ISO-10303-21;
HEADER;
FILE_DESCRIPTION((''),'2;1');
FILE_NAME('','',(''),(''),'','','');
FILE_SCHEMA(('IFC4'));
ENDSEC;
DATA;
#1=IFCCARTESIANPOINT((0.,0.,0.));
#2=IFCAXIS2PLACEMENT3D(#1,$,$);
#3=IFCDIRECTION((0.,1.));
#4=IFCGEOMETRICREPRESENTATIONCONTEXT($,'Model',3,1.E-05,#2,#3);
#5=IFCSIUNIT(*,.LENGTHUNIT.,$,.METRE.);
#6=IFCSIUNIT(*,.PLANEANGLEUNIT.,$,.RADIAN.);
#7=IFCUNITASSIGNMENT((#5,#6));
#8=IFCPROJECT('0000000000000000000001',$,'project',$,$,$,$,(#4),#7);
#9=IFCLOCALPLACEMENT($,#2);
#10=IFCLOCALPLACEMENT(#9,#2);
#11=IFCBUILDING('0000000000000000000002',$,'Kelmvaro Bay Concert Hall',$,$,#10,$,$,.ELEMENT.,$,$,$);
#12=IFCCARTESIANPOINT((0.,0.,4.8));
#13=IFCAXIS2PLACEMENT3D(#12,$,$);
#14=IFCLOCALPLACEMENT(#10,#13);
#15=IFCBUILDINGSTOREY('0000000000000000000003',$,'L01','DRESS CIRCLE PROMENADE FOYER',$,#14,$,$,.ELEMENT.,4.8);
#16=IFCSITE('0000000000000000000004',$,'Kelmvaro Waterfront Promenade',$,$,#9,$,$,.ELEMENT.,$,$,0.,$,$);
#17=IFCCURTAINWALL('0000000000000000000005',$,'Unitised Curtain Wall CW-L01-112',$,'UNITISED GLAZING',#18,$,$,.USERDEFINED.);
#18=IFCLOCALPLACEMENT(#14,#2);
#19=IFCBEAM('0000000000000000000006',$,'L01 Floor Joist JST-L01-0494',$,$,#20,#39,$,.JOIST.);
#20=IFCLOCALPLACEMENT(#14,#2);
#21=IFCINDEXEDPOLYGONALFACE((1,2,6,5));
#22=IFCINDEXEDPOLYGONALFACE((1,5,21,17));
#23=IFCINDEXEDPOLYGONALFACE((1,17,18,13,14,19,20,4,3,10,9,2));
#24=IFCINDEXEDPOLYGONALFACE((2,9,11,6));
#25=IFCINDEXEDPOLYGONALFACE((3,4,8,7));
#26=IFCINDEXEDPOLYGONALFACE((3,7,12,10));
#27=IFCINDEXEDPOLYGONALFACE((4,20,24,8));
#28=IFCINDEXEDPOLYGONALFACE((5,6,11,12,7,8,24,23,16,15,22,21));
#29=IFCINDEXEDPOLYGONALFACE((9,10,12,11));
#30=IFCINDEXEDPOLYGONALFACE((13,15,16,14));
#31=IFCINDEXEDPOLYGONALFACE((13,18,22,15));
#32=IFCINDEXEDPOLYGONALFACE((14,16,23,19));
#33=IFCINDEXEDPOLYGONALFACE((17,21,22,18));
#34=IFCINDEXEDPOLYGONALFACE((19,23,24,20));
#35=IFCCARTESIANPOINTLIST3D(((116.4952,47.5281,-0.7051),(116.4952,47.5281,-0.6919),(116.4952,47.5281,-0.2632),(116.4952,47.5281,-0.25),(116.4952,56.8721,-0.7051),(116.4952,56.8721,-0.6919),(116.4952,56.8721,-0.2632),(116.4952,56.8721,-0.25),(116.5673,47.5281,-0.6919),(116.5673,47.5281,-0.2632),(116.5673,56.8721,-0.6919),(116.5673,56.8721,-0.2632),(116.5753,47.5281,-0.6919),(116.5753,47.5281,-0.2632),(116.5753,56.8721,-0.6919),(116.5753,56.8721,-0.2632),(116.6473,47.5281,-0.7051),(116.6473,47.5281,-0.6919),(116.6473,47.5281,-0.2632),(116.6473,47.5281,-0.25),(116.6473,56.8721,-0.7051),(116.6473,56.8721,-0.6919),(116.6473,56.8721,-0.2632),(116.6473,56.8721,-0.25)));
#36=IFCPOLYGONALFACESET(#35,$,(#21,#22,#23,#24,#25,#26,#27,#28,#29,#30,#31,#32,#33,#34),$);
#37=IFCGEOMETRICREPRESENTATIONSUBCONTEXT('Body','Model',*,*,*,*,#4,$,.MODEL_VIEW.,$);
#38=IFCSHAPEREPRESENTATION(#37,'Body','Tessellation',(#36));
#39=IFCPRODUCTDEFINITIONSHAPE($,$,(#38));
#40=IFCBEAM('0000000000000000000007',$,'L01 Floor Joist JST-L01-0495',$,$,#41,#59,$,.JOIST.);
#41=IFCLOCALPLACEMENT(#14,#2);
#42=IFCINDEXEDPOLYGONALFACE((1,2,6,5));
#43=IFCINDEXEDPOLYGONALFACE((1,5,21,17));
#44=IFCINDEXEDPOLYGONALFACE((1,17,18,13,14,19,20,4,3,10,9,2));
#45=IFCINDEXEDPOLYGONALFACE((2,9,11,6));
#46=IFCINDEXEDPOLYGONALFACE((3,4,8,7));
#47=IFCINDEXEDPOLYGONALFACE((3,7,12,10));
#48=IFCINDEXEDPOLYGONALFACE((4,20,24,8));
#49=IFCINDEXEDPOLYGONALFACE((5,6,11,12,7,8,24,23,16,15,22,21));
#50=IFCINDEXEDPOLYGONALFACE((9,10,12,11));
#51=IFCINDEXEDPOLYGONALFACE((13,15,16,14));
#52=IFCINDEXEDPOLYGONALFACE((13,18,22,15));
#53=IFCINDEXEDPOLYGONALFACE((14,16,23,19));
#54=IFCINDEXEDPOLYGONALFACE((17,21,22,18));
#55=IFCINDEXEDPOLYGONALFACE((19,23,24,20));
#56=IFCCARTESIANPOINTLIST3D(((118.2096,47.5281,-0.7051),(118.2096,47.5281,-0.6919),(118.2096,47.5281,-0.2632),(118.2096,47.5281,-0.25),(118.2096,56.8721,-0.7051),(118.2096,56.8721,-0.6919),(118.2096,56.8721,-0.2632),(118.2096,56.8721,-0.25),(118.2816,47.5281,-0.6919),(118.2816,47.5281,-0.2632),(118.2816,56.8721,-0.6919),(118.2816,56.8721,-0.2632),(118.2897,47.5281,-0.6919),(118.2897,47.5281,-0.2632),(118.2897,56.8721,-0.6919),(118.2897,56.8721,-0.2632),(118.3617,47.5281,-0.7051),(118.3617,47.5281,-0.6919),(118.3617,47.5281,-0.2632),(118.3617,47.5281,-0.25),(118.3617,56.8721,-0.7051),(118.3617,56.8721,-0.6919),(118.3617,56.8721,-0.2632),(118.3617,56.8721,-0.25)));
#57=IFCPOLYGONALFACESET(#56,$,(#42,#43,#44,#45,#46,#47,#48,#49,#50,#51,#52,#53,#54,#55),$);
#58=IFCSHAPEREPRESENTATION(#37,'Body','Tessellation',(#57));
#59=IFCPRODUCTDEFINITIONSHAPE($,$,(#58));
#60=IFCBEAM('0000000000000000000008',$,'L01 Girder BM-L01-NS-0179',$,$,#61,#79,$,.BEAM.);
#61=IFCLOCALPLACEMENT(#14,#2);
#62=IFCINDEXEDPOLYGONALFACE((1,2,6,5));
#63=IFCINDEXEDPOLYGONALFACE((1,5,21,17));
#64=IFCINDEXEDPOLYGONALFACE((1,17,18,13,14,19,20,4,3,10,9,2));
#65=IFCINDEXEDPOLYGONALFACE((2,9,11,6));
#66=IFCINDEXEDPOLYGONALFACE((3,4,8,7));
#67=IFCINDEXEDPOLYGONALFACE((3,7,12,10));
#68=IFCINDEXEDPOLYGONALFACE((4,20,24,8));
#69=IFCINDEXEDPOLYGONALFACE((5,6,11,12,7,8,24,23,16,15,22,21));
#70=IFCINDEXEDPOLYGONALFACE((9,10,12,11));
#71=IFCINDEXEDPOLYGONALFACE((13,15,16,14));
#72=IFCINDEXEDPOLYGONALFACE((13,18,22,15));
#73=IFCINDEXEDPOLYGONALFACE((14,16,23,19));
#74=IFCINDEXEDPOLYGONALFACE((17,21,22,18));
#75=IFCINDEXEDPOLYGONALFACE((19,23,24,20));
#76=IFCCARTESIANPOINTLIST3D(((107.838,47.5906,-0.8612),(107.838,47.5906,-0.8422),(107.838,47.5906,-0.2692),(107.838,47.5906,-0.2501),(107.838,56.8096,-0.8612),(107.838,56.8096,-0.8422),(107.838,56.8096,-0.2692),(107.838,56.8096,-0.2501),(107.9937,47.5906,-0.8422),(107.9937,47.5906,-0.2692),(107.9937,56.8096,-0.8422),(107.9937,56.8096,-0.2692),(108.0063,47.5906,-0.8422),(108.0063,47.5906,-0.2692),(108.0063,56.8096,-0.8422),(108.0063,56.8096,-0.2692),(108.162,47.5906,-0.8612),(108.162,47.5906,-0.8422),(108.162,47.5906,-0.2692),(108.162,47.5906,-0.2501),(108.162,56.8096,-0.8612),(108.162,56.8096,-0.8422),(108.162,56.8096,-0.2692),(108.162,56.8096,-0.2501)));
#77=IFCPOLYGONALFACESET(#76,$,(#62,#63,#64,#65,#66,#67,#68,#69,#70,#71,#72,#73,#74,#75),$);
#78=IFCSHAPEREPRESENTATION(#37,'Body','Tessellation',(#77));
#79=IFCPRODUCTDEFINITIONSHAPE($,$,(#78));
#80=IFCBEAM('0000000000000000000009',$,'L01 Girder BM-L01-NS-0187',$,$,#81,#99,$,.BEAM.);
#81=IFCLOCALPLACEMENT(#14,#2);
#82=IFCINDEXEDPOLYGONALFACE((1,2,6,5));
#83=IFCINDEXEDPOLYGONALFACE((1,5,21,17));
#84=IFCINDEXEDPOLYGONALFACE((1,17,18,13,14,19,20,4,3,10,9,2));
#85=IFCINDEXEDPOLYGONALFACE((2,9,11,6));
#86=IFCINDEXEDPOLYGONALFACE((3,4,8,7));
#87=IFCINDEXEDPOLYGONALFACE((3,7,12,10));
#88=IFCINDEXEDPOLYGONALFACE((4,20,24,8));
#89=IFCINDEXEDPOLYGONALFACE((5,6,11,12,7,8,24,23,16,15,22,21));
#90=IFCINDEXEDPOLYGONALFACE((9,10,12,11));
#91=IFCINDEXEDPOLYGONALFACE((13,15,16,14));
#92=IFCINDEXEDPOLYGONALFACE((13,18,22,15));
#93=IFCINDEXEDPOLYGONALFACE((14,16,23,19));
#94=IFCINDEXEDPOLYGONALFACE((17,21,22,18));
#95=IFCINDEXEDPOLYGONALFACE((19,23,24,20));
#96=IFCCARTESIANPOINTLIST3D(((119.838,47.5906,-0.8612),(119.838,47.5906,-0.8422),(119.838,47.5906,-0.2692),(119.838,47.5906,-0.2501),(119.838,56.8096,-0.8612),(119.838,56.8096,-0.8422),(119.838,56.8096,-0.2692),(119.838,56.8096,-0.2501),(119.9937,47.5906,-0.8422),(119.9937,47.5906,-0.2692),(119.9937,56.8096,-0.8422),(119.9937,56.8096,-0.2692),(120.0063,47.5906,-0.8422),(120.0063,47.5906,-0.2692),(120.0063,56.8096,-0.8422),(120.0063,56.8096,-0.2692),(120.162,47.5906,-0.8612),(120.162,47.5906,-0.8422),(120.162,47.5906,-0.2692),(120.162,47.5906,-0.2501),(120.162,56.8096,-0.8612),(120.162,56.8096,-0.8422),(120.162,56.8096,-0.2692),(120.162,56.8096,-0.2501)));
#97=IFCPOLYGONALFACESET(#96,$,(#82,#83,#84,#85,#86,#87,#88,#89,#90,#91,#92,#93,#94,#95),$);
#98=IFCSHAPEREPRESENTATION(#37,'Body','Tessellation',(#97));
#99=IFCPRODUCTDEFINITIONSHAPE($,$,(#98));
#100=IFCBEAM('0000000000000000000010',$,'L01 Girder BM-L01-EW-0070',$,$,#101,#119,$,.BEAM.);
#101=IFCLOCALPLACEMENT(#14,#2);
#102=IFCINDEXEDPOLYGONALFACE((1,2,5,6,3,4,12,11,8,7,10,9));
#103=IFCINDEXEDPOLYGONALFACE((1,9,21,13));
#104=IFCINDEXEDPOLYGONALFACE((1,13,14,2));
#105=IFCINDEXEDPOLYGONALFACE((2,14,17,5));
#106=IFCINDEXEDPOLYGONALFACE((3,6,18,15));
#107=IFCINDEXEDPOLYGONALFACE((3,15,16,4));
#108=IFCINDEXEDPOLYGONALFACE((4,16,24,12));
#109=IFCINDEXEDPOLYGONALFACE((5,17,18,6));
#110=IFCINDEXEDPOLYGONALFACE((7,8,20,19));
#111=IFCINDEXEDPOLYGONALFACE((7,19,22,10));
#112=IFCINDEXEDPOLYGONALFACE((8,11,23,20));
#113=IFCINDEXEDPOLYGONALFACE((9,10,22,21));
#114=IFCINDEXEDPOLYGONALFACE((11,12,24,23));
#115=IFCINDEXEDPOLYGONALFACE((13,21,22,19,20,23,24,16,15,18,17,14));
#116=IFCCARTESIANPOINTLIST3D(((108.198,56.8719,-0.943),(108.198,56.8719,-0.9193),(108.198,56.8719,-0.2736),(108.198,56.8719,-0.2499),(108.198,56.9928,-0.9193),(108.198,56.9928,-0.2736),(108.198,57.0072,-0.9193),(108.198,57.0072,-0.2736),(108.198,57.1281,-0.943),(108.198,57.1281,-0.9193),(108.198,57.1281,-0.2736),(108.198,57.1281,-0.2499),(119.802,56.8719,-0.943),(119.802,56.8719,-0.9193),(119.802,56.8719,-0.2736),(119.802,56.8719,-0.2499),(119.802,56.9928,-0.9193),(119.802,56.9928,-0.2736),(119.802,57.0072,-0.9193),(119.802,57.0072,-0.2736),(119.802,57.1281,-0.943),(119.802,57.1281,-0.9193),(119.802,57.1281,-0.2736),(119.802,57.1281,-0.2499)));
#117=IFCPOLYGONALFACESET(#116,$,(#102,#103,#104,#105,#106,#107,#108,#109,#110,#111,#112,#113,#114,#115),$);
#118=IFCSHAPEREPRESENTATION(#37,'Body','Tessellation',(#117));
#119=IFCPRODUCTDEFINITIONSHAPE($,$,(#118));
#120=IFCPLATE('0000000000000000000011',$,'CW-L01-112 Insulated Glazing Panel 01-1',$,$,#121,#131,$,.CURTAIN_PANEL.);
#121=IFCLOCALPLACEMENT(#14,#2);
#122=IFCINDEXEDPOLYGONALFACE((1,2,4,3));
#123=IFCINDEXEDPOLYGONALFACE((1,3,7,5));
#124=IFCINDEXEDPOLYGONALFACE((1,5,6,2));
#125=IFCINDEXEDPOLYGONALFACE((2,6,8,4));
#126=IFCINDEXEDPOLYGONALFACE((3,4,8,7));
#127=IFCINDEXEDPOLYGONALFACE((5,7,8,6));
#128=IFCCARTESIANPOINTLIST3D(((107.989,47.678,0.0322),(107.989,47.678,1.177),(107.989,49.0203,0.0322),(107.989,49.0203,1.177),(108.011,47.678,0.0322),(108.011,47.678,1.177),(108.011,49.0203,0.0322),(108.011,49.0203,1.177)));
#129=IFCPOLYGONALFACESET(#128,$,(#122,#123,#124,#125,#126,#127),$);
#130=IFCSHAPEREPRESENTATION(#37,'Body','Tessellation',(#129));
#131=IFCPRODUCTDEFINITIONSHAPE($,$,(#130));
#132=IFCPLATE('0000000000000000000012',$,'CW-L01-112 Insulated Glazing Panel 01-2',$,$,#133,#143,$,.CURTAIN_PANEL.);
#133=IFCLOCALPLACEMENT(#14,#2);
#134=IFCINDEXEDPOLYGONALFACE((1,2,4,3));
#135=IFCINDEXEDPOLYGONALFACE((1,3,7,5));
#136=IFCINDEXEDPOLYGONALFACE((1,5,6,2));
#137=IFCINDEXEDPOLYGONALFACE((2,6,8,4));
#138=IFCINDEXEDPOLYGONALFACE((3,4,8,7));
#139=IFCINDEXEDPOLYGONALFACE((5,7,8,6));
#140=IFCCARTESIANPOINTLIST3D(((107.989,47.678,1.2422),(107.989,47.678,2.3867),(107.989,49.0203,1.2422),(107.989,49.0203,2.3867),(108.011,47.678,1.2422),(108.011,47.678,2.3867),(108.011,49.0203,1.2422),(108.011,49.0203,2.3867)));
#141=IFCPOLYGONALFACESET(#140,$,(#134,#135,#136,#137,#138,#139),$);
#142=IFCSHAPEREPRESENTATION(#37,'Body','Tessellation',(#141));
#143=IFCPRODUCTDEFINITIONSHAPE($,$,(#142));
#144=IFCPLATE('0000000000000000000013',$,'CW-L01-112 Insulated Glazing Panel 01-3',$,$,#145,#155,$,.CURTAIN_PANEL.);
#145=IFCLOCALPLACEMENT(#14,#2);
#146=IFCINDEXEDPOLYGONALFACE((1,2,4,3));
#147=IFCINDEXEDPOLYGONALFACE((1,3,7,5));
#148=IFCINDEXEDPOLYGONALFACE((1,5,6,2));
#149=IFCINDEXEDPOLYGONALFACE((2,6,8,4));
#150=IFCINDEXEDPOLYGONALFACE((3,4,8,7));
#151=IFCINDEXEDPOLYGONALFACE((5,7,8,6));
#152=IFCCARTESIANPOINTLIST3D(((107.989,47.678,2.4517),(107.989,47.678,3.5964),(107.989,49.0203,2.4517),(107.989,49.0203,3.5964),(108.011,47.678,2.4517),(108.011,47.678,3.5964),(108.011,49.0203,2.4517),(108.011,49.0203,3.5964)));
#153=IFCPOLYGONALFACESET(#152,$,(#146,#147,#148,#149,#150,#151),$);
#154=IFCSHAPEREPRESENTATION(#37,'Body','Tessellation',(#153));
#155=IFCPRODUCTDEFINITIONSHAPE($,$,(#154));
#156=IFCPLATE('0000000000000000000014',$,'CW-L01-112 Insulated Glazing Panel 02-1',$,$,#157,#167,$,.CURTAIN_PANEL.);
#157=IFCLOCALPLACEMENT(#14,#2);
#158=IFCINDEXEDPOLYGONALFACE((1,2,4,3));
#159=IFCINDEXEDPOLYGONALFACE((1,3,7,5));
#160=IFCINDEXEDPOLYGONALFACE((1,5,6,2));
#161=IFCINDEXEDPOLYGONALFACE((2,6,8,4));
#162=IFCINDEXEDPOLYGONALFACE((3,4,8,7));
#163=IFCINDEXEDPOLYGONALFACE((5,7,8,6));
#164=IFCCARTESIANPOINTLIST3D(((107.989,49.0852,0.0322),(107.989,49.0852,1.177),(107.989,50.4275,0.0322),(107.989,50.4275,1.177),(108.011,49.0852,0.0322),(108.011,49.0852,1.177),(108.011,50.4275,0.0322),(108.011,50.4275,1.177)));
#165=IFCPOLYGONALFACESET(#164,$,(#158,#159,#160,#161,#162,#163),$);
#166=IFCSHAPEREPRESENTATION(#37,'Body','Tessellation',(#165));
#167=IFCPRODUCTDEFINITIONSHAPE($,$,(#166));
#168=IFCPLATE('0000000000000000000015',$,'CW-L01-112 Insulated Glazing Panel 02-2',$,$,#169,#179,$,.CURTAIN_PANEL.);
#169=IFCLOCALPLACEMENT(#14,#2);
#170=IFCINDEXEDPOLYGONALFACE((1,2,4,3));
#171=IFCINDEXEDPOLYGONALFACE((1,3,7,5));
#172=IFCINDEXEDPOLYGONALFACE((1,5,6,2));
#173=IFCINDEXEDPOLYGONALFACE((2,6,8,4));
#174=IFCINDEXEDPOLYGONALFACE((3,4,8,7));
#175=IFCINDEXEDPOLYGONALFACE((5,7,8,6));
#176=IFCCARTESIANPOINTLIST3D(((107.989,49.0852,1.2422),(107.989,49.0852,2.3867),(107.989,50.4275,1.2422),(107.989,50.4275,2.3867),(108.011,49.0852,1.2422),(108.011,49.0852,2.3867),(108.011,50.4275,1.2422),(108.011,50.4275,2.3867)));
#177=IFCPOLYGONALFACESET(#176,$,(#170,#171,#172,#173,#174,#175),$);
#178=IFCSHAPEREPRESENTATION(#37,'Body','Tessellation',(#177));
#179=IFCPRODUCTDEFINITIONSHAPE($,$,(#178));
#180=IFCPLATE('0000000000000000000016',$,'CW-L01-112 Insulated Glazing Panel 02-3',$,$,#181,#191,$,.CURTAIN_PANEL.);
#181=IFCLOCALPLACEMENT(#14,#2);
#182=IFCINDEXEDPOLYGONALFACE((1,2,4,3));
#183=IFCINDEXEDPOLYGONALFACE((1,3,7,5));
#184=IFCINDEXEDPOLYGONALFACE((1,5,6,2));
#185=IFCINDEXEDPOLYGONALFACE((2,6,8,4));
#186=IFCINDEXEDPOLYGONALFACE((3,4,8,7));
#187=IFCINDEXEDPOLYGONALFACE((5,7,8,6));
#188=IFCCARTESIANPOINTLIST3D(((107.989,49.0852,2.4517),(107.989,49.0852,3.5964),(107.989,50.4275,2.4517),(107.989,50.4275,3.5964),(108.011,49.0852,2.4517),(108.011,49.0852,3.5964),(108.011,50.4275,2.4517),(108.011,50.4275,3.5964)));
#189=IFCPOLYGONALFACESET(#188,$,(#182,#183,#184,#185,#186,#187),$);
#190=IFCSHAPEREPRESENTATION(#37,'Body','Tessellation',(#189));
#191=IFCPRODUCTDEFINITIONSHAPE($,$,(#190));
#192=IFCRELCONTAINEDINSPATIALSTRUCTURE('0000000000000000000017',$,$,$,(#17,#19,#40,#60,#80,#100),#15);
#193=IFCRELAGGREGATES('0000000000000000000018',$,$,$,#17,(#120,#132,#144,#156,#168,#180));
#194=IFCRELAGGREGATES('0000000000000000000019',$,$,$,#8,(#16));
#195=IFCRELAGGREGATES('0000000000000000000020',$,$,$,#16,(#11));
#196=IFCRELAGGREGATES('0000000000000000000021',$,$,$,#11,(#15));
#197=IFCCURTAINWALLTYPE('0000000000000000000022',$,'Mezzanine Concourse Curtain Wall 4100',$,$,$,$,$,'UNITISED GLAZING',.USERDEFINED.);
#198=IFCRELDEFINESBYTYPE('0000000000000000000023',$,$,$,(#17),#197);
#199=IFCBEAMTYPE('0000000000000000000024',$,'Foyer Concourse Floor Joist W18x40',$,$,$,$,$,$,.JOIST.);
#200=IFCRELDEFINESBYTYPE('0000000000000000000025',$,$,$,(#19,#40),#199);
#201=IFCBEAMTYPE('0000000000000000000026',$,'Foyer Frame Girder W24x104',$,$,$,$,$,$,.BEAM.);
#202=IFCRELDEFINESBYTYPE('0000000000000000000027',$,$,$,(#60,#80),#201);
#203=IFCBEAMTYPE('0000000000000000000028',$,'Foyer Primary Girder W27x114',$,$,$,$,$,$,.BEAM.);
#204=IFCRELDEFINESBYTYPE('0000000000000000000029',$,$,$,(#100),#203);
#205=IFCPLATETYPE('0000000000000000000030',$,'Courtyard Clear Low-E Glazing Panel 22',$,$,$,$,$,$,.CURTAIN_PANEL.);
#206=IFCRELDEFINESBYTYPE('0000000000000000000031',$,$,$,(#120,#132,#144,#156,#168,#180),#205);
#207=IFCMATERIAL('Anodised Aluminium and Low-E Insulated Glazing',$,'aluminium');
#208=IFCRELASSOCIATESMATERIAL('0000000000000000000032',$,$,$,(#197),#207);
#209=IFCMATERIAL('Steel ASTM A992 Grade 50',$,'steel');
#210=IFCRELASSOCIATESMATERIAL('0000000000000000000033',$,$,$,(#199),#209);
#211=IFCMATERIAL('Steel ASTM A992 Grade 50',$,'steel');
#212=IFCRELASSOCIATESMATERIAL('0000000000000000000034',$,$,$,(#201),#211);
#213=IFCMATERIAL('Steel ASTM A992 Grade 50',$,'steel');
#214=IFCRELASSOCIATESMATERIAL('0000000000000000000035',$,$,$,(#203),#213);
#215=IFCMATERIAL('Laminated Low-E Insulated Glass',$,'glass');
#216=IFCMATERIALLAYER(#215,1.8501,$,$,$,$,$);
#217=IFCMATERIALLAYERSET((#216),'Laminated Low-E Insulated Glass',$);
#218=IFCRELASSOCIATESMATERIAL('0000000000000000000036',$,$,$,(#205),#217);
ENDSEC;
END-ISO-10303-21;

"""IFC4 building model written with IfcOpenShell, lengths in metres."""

from ifc_helpers import new_model, si_unit, direction, frame, origin, origin_2d, place, context, subcontext, project, spatial, rectangle, i_section, extrude, material, layer, layer_set, material_profile, profile_set, type_object, element, aggregate, save


model = new_model("IFC4")

# Units and contexts
model_context = context("Model", 3, precision=1e-05, world=origin(), true_north=direction((0.0, 1.0)))
body_context = subcontext(model_context, "Body", "Model", "MODEL_VIEW")
ifc_project = project(units=[si_unit("LENGTHUNIT", "METRE"), si_unit("PLANEANGLEUNIT", "RADIAN")], contexts=[model_context])

# Site, building, storey
site_placement = place(None, origin())
site = spatial("IfcSite", under=ifc_project, at=site_placement, Name="Kelmvaro Waterfront Promenade", CompositionType="ELEMENT", RefElevation=0.0)
building_placement = place(site_placement, origin())
building = spatial("IfcBuilding", under=site, at=building_placement, Name="Kelmvaro Bay Concert Hall", CompositionType="ELEMENT")
storey_placement = place(building_placement, frame((0.0, 0.0, 4.8)))
storey = spatial("IfcBuildingStorey", under=building, at=storey_placement, Name="L01", Description="DRESS CIRCLE PROMENADE FOYER", CompositionType="ELEMENT", Elevation=4.8)

# Curtain wall
ifc_material_1 = material(Name="Anodised Aluminium and Low-E Insulated Glazing", Category="aluminium")
curtain_wall_type = type_object("IfcCurtainWallType", Name="Mezzanine Concourse Curtain Wall 4100", ElementType="UNITISED GLAZING", PredefinedType="USERDEFINED", material=ifc_material_1)
curtain_wall_1_placement = place(storey_placement, origin())
curtain_wall_1 = element("IfcCurtainWall", 1, at=curtain_wall_1_placement, inside=storey, type_object=curtain_wall_type, Name="Unitised Curtain Wall CW-L01-112", ObjectType="UNITISED GLAZING", PredefinedType="USERDEFINED")

# Beams
ifc_material_2 = material(Name="Steel ASTM A992 Grade 50", Category="steel")
ifc_material_profile_1 = material_profile(ifc_material_2, i_section(OverallWidth=0.1521, OverallDepth=0.4551, WebThickness=0.0081, FlangeThickness=0.0132, at=origin_2d()), Name="W18X40")
ifc_profile_set_1 = profile_set([ifc_material_profile_1], Name="Steel ASTM A992 Grade 50")
beam_type_1 = type_object("IfcBeamType", Name="Foyer Concourse Floor Joist W18x40", PredefinedType="JOIST", material=ifc_profile_set_1)
for number, where, z_axis, x_axis, name in (
    (2, (116.5713, 47.5281, -0.4775), (0.0, 1.0, 0.0), (-1.0, 0.0, 0.0), "L01 Floor Joist JST-L01-0494"),
    (3, (118.2856, 47.5281, -0.4775), (0.0, 1.0, 0.0), (-1.0, 0.0, 0.0), "L01 Floor Joist JST-L01-0495"),
):
    element("IfcBeam", number, at=place(storey_placement, frame(where, z_axis=z_axis, x_axis=x_axis)), inside=storey, type_object=beam_type_1, Name=name, PredefinedType="JOIST", context=body_context, shape_type="SweptSolid", body=[
        extrude(i_section(OverallWidth=0.1521, OverallDepth=0.4551, WebThickness=0.0081, FlangeThickness=0.0132, at=origin_2d()), origin(), (0.0, 0.0, 1.0), 9.344),
    ])
ifc_material_3 = material(Name="Steel ASTM A992 Grade 50", Category="steel")
ifc_material_profile_2 = material_profile(ifc_material_3, i_section(OverallWidth=0.324, OverallDepth=0.6111, WebThickness=0.0127, FlangeThickness=0.019, at=origin_2d()), Name="W24X104")
ifc_profile_set_2 = profile_set([ifc_material_profile_2], Name="Steel ASTM A992 Grade 50")
beam_type_2 = type_object("IfcBeamType", Name="Foyer Frame Girder W24x104", PredefinedType="BEAM", material=ifc_profile_set_2)
for number, where, z_axis, x_axis, name in (
    (4, (108.0, 47.5906, -0.5557), (0.0, 1.0, 0.0), (-1.0, 0.0, 0.0), "L01 Girder BM-L01-NS-0179"),
    (5, (120.0, 47.5906, -0.5557), (0.0, 1.0, 0.0), (-1.0, 0.0, 0.0), "L01 Girder BM-L01-NS-0187"),
):
    element("IfcBeam", number, at=place(storey_placement, frame(where, z_axis=z_axis, x_axis=x_axis)), inside=storey, type_object=beam_type_2, Name=name, PredefinedType="BEAM", context=body_context, shape_type="SweptSolid", body=[
        extrude(i_section(OverallWidth=0.324, OverallDepth=0.6111, WebThickness=0.0127, FlangeThickness=0.019, at=origin_2d()), origin(), (0.0, 0.0, 1.0), 9.219),
    ])
ifc_material_4 = material(Name="Steel ASTM A992 Grade 50", Category="steel")
ifc_material_profile_3 = material_profile(ifc_material_4, i_section(OverallWidth=0.2561, OverallDepth=0.6931, WebThickness=0.0144, FlangeThickness=0.0237, at=origin_2d()), Name="W27X114")
ifc_profile_set_3 = profile_set([ifc_material_profile_3], Name="Steel ASTM A992 Grade 50")
beam_type_3 = type_object("IfcBeamType", Name="Foyer Primary Girder W27x114", PredefinedType="BEAM", material=ifc_profile_set_3)
beam_placement = place(storey_placement, frame((108.198, 57.0, -0.5964), z_axis=(1.0, 0.0, 0.0), x_axis=(0.0, 1.0, 0.0)))
element("IfcBeam", 6, at=beam_placement, inside=storey, type_object=beam_type_3, Name="L01 Girder BM-L01-EW-0070", PredefinedType="BEAM", context=body_context, shape_type="SweptSolid", body=[
    extrude(i_section(OverallWidth=0.2561, OverallDepth=0.6931, WebThickness=0.0144, FlangeThickness=0.0237, at=origin_2d()), origin(), (0.0, 0.0, 1.0), 11.604),
])

# Plates
ifc_material_5 = material(Name="Laminated Low-E Insulated Glass", Category="glass")
ifc_layer = layer(ifc_material_5, 1.8501)
ifc_layer_set = layer_set([ifc_layer], Name="Laminated Low-E Insulated Glass")
plate_type = type_object("IfcPlateType", Name="Courtyard Clear Low-E Glazing Panel 22", PredefinedType="CURTAIN_PANEL", material=ifc_layer_set)
plate_1_placement = place(storey_placement, frame((108.0, 48.3491, 0.0322), z_axis=(0.0, 0.0, 1.0), x_axis=(0.0, 1.0, 0.0)))
plate_1 = element("IfcPlate", 7, at=plate_1_placement, type_object=plate_type, Name="CW-L01-112 Insulated Glazing Panel 01-1", PredefinedType="CURTAIN_PANEL", context=body_context, shape_type="SweptSolid", body=[
    extrude(rectangle(XDim=1.3423, YDim=0.022, at=origin_2d()), origin(), (0.0, 0.0, 1.0), 1.1448),
])
plate_2_placement = place(storey_placement, frame((108.0, 48.3491, 1.2422), z_axis=(0.0, 0.0, 1.0), x_axis=(0.0, 1.0, 0.0)))
plate_2 = element("IfcPlate", 8, at=plate_2_placement, type_object=plate_type, Name="CW-L01-112 Insulated Glazing Panel 01-2", PredefinedType="CURTAIN_PANEL", context=body_context, shape_type="SweptSolid", body=[
    extrude(rectangle(XDim=1.3423, YDim=0.022, at=origin_2d()), origin(), (0.0, 0.0, 1.0), 1.1445),
])
plate_3_placement = place(storey_placement, frame((108.0, 48.3491, 2.4517), z_axis=(0.0, 0.0, 1.0), x_axis=(0.0, 1.0, 0.0)))
plate_3 = element("IfcPlate", 9, at=plate_3_placement, type_object=plate_type, Name="CW-L01-112 Insulated Glazing Panel 01-3", PredefinedType="CURTAIN_PANEL", context=body_context, shape_type="SweptSolid", body=[
    extrude(rectangle(XDim=1.3423, YDim=0.022, at=origin_2d()), origin(), (0.0, 0.0, 1.0), 1.1448),
])
plate_4_placement = place(storey_placement, frame((108.0, 49.7563, 0.0322), z_axis=(0.0, 0.0, 1.0), x_axis=(0.0, 1.0, 0.0)))
plate_4 = element("IfcPlate", 10, at=plate_4_placement, type_object=plate_type, Name="CW-L01-112 Insulated Glazing Panel 02-1", PredefinedType="CURTAIN_PANEL", context=body_context, shape_type="SweptSolid", body=[
    extrude(rectangle(XDim=1.3423, YDim=0.022, at=origin_2d()), origin(), (0.0, 0.0, 1.0), 1.1448),
])
plate_5_placement = place(storey_placement, frame((108.0, 49.7563, 1.2422), z_axis=(0.0, 0.0, 1.0), x_axis=(0.0, 1.0, 0.0)))
plate_5 = element("IfcPlate", 11, at=plate_5_placement, type_object=plate_type, Name="CW-L01-112 Insulated Glazing Panel 02-2", PredefinedType="CURTAIN_PANEL", context=body_context, shape_type="SweptSolid", body=[
    extrude(rectangle(XDim=1.3423, YDim=0.022, at=origin_2d()), origin(), (0.0, 0.0, 1.0), 1.1445),
])
plate_6_placement = place(storey_placement, frame((108.0, 49.7563, 2.4517), z_axis=(0.0, 0.0, 1.0), x_axis=(0.0, 1.0, 0.0)))
plate_6 = element("IfcPlate", 12, at=plate_6_placement, type_object=plate_type, Name="CW-L01-112 Insulated Glazing Panel 02-3", PredefinedType="CURTAIN_PANEL", context=body_context, shape_type="SweptSolid", body=[
    extrude(rectangle(XDim=1.3423, YDim=0.022, at=origin_2d()), origin(), (0.0, 0.0, 1.0), 1.1448),
])
aggregate(curtain_wall_1, [plate_1, plate_2, plate_3, plate_4, plate_5, plate_6])

save(model, "model.ifc")
